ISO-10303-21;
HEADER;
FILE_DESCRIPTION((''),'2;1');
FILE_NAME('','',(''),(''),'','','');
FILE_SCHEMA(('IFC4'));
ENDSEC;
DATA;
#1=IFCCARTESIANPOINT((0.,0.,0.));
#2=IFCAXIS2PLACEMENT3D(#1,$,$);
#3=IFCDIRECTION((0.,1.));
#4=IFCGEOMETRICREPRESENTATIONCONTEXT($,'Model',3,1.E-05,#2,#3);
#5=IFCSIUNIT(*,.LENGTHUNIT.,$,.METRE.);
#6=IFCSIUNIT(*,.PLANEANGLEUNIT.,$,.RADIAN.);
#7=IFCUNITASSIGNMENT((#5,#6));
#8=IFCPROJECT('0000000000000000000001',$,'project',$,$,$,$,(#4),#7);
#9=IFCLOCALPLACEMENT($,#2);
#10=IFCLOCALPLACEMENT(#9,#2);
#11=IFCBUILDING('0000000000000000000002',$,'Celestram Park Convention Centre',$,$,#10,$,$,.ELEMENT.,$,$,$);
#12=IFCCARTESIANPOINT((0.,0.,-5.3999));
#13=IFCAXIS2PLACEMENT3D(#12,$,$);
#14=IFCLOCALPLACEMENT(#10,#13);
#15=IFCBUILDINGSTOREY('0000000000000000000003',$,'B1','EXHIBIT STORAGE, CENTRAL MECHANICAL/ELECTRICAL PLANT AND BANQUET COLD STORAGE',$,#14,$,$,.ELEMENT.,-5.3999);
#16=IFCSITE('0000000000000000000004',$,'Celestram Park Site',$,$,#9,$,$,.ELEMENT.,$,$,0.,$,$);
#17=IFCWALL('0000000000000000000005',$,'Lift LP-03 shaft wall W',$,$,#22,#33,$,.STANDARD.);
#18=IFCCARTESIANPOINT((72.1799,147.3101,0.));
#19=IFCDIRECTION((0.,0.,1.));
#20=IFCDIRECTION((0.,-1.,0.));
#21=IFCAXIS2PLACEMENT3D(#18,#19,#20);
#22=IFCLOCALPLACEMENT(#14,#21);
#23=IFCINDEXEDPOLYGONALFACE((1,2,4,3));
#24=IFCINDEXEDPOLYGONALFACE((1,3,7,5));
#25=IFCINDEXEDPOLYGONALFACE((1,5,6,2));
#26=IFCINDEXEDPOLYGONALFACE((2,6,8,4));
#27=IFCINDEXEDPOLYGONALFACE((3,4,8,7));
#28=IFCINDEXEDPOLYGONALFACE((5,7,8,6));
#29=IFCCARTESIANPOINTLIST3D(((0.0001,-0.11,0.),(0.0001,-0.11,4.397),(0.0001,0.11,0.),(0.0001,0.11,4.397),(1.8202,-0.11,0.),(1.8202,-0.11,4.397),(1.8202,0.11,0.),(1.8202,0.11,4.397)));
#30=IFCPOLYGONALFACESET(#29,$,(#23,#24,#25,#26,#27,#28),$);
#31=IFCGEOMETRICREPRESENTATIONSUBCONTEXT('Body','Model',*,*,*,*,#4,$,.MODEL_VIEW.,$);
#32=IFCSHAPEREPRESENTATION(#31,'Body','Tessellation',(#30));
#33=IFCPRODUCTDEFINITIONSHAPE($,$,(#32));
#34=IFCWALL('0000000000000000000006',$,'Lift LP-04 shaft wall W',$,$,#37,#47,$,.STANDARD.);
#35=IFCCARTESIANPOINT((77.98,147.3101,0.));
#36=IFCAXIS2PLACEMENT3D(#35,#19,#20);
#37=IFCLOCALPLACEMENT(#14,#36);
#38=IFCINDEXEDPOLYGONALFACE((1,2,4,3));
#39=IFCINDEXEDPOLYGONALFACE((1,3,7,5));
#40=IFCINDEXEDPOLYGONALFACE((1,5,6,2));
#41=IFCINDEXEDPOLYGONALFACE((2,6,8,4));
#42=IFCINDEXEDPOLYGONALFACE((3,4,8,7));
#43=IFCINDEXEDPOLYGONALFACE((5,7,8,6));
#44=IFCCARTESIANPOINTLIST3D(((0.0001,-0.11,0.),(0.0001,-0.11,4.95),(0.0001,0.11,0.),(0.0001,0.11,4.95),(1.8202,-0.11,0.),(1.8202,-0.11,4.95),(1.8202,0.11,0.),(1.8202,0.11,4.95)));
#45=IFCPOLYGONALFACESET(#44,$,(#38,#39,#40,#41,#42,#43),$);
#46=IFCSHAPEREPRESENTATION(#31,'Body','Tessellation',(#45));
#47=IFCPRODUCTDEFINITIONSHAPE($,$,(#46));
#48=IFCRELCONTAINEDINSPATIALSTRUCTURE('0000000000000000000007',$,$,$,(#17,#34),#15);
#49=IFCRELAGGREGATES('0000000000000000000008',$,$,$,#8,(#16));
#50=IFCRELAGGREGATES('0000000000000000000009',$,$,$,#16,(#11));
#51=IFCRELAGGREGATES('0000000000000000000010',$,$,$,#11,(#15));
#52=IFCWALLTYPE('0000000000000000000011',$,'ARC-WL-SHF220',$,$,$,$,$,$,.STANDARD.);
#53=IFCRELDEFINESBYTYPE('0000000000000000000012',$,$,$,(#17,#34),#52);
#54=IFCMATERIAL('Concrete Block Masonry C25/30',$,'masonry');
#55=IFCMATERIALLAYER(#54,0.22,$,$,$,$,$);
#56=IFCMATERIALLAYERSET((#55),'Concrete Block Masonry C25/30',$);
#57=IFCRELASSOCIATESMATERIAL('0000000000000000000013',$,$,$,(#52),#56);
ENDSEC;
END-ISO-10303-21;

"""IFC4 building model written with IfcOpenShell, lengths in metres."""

from ifc_helpers import new_model, si_unit, direction, frame, frame_2d, origin, place, context, subcontext, project, spatial, rectangle, extrude, material, layer, layer_set, type_object, element, save


model = new_model("IFC4")

# Units and contexts
model_context = context("Model", 3, precision=1e-05, world=origin(), true_north=direction((0.0, 1.0)))
body_context = subcontext(model_context, "Body", "Model", "MODEL_VIEW")
ifc_project = project(units=[si_unit("LENGTHUNIT", "METRE"), si_unit("PLANEANGLEUNIT", "RADIAN")], contexts=[model_context])

# Site, building, storey
site_placement = place(None, origin())
site = spatial("IfcSite", under=ifc_project, at=site_placement, Name="Celestram Park Site", CompositionType="ELEMENT", RefElevation=0.0)
building_placement = place(site_placement, origin())
building = spatial("IfcBuilding", under=site, at=building_placement, Name="Celestram Park Convention Centre", CompositionType="ELEMENT")
storey_placement = place(building_placement, frame((0.0, 0.0, -5.3999)))
storey = spatial("IfcBuildingStorey", under=building, at=storey_placement, Name="B1", Description="EXHIBIT STORAGE, CENTRAL MECHANICAL/ELECTRICAL PLANT AND BANQUET COLD STORAGE", CompositionType="ELEMENT", Elevation=-5.3999)

# Shared definitions
ifc_material_1 = material(Name="Concrete Block Masonry C25/30", Category="masonry")
ifc_layer = layer(ifc_material_1, 0.22)
ifc_layer_set = layer_set([ifc_layer], Name="Concrete Block Masonry C25/30")
wall_type = type_object("IfcWallType", Name="ARC-WL-SHF220", PredefinedType="STANDARD", material=ifc_layer_set)

# Wall
for number, where, z_axis, x_axis, name in (
    (1, (72.1799, 147.3101, 0.0), (0.0, 0.0, 1.0), (0.0, -1.0, 0.0), "Lift LP-03 shaft wall W"),
):
    element("IfcWall", number, at=place(storey_placement, frame(where, z_axis=z_axis, x_axis=x_axis)), inside=storey, type_object=wall_type, Name=name, PredefinedType="STANDARD", context=body_context, shape_type="SweptSolid", body=[
        extrude(rectangle(XDim=1.8201, YDim=0.22, at=frame_2d((0.9102, 0.0))), origin(), (0.0, 0.0, 1.0), 4.397),
    ])

# Wall
for number, where, z_axis, x_axis, name in (
    (2, (77.98, 147.3101, 0.0), (0.0, 0.0, 1.0), (0.0, -1.0, 0.0), "Lift LP-04 shaft wall W"),
):
    element("IfcWall", number, at=place(storey_placement, frame(where, z_axis=z_axis, x_axis=x_axis)), inside=storey, type_object=wall_type, Name=name, PredefinedType="STANDARD", context=body_context, shape_type="SweptSolid", body=[
        extrude(rectangle(XDim=1.8201, YDim=0.22, at=frame_2d((0.9102, 0.0))), origin(), (0.0, 0.0, 1.0), 4.95),
    ])

save(model, "model.ifc")
